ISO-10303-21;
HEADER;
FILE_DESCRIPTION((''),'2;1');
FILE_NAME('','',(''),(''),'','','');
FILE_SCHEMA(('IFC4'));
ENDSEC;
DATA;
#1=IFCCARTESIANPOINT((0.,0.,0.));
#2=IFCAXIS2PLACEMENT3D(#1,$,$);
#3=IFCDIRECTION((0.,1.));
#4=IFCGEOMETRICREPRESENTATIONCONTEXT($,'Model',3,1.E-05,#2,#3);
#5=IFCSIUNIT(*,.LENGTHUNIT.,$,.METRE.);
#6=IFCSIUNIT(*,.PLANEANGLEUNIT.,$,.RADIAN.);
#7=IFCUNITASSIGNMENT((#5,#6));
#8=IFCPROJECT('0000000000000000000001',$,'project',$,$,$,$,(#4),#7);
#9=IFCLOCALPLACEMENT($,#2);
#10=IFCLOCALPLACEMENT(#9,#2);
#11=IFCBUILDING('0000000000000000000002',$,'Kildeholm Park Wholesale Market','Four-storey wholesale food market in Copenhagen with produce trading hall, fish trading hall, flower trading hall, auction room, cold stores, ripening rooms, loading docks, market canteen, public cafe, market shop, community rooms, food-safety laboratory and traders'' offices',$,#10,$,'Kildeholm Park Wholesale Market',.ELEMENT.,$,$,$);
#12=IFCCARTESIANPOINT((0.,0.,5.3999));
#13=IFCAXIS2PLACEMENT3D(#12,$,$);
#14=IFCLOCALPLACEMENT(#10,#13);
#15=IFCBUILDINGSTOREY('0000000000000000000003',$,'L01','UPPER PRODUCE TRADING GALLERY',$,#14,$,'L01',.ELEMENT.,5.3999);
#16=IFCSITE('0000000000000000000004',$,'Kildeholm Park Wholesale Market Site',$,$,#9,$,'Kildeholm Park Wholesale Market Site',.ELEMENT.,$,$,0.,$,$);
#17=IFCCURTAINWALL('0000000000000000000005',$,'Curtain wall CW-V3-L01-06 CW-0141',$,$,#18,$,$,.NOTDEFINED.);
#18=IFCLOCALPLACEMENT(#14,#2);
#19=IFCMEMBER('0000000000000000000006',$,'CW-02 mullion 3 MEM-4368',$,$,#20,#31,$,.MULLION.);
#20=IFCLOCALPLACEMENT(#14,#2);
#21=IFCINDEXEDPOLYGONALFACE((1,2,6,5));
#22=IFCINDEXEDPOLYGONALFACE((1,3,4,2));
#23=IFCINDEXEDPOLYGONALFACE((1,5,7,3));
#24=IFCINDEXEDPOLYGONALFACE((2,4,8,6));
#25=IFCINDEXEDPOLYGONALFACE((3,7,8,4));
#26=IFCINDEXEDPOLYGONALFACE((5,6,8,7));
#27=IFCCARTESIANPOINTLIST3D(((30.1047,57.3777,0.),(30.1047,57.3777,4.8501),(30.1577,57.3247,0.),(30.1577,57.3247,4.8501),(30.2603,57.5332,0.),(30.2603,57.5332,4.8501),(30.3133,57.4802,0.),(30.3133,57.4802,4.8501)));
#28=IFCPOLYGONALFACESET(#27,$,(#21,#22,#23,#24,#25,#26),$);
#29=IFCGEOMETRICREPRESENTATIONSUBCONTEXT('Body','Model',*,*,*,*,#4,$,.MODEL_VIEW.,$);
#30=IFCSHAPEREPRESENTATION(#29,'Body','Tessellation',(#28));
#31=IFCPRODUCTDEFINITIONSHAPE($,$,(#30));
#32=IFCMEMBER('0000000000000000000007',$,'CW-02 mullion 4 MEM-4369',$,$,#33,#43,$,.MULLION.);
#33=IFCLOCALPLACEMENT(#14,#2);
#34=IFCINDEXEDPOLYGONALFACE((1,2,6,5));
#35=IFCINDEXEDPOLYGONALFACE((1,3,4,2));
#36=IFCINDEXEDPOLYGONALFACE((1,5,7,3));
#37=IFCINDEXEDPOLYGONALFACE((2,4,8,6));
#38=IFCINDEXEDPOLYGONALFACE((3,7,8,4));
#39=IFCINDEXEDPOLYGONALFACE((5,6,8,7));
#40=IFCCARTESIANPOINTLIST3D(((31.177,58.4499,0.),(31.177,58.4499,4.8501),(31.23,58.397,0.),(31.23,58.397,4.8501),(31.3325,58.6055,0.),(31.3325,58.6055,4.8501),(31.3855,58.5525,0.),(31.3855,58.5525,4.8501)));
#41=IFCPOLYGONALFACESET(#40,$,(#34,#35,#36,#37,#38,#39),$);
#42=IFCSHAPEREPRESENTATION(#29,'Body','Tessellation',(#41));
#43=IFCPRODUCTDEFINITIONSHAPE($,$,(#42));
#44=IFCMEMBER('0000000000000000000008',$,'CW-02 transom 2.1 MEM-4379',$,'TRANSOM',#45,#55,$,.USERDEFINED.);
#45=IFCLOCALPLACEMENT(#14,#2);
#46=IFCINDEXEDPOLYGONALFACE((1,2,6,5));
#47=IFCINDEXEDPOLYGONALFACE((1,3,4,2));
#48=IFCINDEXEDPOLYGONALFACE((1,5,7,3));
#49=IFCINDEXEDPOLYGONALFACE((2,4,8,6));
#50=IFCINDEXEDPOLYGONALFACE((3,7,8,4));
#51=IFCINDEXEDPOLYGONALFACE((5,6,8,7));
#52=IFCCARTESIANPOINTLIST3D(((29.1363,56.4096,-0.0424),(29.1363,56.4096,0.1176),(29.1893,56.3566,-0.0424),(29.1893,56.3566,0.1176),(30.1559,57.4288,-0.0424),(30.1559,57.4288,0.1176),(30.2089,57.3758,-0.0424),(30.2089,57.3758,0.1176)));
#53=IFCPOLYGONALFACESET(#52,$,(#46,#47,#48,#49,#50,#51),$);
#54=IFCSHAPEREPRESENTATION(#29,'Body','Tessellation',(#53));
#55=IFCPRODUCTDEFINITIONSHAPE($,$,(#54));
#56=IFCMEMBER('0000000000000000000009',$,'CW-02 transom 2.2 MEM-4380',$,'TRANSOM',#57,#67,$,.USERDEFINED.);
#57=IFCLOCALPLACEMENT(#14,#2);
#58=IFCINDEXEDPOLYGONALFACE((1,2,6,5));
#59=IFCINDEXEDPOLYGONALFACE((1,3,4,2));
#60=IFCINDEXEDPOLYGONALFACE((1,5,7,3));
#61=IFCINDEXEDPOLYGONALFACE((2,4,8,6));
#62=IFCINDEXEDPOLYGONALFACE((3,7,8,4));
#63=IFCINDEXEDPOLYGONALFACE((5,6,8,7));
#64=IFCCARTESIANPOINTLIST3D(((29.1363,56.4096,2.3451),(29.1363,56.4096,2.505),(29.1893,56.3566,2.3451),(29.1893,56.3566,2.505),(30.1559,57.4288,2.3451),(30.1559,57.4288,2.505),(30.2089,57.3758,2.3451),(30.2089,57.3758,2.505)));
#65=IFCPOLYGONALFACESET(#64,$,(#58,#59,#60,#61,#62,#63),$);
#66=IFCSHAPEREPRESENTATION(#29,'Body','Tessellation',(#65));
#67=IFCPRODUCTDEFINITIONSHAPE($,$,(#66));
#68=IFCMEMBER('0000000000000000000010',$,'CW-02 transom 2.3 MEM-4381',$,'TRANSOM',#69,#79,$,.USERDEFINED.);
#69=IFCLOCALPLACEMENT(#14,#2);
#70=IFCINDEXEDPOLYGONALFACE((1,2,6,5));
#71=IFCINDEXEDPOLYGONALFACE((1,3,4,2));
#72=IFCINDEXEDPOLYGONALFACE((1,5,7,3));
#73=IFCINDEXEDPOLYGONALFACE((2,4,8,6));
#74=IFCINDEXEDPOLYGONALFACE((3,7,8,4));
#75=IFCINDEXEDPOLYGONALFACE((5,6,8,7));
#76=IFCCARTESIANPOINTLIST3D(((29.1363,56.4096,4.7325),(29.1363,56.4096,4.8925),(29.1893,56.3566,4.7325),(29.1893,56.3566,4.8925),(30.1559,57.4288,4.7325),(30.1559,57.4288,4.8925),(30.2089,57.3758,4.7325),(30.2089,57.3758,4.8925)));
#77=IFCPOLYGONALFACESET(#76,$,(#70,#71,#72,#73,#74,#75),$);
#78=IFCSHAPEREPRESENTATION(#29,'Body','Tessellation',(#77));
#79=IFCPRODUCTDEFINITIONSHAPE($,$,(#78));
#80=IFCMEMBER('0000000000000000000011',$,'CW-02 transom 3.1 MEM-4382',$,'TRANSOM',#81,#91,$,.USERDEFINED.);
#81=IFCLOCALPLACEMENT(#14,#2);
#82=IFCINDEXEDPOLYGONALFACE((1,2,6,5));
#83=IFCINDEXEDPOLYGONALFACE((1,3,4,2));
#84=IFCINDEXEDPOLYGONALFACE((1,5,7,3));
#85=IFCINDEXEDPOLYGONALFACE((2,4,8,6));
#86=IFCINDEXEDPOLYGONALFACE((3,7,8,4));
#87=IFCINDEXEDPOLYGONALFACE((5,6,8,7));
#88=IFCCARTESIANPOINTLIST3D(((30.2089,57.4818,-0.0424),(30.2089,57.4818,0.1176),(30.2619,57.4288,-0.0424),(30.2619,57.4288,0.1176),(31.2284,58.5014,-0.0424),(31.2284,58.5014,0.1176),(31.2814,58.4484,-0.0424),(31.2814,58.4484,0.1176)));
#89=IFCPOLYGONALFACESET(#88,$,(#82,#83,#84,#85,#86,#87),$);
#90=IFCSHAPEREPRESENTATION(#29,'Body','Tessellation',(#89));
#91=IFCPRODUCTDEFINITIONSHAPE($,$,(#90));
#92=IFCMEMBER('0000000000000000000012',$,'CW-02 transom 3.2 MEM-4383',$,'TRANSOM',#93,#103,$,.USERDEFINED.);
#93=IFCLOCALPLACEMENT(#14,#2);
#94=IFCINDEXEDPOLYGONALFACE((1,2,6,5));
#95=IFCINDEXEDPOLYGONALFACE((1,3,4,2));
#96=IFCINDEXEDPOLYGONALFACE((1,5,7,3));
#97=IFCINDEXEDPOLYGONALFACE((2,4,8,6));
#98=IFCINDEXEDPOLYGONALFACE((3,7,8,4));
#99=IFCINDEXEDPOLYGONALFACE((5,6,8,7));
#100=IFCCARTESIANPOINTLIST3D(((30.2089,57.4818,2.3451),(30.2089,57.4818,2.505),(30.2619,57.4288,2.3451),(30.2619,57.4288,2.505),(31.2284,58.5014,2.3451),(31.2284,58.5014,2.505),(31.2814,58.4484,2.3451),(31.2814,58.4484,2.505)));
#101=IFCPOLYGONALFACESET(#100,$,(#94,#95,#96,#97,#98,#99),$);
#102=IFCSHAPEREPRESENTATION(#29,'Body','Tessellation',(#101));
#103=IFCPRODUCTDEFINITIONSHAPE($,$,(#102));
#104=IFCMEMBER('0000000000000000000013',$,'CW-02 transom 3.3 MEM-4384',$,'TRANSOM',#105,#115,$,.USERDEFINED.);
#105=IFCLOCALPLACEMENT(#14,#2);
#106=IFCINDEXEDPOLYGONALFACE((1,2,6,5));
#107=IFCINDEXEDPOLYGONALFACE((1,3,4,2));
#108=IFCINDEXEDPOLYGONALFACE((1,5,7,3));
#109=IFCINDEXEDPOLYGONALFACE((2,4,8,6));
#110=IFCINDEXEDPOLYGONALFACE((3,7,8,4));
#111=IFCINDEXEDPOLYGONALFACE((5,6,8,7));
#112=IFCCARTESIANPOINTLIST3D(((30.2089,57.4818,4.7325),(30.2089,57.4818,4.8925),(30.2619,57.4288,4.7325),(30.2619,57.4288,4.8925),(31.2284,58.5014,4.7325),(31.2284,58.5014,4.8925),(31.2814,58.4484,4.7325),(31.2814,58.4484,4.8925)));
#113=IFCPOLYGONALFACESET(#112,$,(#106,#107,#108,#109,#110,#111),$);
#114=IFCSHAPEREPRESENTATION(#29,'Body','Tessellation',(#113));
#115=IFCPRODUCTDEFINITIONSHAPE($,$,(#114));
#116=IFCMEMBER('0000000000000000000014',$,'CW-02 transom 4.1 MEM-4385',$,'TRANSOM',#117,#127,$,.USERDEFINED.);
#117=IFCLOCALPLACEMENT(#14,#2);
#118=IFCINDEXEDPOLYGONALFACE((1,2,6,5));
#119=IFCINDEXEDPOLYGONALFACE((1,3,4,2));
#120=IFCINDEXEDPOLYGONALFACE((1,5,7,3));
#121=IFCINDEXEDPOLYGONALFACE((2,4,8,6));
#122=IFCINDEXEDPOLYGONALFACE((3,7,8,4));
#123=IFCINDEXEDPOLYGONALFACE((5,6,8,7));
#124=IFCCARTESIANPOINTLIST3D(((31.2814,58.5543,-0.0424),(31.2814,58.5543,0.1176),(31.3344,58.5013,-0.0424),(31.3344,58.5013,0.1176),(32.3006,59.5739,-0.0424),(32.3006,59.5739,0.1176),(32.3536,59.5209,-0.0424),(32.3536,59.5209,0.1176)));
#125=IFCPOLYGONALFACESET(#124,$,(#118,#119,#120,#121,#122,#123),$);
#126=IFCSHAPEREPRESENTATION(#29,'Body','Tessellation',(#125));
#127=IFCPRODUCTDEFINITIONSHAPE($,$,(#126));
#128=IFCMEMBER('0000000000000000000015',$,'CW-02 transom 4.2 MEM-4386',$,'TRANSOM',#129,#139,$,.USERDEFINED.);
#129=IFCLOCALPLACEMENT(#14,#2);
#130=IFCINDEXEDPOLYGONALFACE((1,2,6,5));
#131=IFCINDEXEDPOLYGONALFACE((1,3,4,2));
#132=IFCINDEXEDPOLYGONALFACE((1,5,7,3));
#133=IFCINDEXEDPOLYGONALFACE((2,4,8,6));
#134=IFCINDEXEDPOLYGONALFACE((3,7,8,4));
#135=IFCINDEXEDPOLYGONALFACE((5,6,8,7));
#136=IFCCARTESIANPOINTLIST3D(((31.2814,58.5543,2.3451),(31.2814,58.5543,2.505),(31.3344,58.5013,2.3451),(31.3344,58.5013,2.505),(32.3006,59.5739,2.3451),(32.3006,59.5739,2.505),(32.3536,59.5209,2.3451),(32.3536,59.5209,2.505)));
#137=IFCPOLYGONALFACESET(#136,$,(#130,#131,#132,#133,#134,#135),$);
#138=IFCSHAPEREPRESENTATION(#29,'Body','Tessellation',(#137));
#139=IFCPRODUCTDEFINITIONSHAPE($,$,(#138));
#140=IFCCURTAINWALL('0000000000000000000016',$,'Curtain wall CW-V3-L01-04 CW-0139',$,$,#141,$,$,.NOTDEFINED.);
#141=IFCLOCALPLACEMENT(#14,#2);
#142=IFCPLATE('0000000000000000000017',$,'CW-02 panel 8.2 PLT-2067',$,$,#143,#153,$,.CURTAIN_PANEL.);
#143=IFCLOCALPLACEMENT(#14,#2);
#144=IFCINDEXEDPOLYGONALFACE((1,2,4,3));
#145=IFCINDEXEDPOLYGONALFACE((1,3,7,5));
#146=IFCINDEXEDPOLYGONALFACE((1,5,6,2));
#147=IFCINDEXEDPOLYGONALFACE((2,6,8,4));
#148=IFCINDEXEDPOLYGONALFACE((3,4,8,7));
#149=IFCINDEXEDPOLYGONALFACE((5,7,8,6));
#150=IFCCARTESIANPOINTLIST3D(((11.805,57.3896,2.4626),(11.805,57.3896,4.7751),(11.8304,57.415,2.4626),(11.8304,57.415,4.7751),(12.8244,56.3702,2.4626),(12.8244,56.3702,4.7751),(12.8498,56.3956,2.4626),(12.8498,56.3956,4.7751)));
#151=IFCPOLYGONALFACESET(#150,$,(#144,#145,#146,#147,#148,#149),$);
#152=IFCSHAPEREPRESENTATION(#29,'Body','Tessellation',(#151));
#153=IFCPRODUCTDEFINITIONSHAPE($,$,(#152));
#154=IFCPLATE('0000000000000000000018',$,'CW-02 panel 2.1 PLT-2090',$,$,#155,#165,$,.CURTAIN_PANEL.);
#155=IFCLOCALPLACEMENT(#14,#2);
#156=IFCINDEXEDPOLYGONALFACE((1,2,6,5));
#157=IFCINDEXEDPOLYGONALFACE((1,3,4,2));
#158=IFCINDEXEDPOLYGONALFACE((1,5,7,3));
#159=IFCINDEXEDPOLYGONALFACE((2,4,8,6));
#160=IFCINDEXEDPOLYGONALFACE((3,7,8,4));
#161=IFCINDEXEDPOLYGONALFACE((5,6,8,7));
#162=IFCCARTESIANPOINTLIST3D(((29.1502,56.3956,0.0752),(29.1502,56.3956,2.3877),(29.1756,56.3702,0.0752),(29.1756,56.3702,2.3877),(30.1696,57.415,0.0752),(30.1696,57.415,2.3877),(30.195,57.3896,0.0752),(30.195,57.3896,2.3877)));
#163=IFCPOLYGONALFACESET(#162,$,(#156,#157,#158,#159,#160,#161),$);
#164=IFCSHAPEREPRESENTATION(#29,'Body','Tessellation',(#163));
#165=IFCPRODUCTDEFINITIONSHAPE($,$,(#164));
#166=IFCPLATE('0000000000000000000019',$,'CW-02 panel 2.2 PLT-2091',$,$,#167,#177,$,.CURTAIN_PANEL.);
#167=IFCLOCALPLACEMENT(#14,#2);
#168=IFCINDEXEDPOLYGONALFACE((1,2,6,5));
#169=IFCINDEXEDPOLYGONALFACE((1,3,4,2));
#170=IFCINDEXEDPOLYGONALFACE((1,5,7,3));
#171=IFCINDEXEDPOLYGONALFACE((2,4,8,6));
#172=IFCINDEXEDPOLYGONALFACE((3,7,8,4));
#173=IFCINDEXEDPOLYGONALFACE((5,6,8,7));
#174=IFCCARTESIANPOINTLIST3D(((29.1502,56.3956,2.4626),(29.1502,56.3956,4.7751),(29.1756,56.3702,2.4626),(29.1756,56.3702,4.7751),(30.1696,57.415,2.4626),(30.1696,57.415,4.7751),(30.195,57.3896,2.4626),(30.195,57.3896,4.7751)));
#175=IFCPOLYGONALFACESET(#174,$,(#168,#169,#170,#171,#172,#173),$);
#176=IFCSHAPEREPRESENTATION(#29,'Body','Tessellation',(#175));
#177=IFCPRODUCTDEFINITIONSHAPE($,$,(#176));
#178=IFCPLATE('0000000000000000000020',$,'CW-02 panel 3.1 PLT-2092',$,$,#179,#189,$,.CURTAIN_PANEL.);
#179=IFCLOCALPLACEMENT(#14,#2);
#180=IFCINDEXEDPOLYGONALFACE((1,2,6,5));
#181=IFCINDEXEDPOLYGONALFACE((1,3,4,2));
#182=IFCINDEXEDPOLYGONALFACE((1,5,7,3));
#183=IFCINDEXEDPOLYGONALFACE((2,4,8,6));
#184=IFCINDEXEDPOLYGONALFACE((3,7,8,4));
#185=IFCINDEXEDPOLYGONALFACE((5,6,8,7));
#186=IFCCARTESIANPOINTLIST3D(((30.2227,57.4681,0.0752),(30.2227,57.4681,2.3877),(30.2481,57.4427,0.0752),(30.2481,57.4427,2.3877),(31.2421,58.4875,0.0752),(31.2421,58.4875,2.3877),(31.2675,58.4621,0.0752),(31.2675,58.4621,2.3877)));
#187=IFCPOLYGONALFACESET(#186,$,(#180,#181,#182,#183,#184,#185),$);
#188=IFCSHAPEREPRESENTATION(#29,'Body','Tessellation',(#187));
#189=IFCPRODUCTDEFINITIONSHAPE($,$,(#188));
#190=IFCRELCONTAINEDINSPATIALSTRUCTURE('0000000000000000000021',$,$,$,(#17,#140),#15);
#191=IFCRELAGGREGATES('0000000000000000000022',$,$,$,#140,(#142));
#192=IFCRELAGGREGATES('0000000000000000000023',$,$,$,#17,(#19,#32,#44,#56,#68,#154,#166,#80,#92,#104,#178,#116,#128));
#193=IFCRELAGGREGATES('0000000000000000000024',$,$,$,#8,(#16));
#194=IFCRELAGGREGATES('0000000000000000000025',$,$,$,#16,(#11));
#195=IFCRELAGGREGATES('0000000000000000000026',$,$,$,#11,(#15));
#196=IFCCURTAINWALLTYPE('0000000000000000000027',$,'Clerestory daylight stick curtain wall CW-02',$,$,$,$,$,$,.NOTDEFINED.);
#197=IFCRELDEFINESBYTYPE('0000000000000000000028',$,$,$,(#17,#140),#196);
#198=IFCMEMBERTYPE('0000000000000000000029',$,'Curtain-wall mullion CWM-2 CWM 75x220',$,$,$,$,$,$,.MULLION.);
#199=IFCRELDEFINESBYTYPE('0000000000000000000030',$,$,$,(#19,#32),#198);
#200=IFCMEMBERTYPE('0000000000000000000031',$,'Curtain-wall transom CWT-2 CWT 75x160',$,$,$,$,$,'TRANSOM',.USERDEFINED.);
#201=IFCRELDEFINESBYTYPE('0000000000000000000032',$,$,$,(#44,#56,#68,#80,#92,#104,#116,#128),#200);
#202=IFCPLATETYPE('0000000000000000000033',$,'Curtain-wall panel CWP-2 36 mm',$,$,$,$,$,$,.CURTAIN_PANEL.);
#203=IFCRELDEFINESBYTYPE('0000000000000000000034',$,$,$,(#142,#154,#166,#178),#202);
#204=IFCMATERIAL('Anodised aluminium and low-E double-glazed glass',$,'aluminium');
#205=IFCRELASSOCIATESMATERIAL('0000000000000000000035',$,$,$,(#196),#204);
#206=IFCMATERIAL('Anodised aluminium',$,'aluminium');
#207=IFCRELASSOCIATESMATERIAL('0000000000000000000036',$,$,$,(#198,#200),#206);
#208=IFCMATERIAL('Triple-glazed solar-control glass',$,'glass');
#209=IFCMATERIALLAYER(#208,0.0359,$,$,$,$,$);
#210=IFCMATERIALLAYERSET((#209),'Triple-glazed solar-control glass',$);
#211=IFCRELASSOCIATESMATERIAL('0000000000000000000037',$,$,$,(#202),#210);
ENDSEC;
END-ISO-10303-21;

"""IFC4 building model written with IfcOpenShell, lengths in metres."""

from ifc_helpers import new_model, si_unit, direction, frame, origin, origin_2d, place, context, subcontext, project, spatial, rectangle, extrude, material, layer, layer_set, material_profile, profile_set, type_object, element, aggregate, save


model = new_model("IFC4")

# Units and contexts
model_context = context("Model", 3, precision=1e-05, world=origin(), true_north=direction((0.0, 1.0)))
body_context = subcontext(model_context, "Body", "Model", "MODEL_VIEW")
ifc_project = project(units=[si_unit("LENGTHUNIT", "METRE"), si_unit("PLANEANGLEUNIT", "RADIAN")], contexts=[model_context])

# Site, building, storey
site_placement = place(None, origin())
site = spatial("IfcSite", under=ifc_project, at=site_placement, Name="Kildeholm Park Wholesale Market Site", LongName="Kildeholm Park Wholesale Market Site", CompositionType="ELEMENT", RefElevation=0.0)
building_placement = place(site_placement, origin())
building = spatial("IfcBuilding", under=site, at=building_placement, Name="Kildeholm Park Wholesale Market", Description="Four-storey wholesale food market in Copenhagen with produce trading hall, fish trading hall, flower trading hall, auction room, cold stores, ripening rooms, loading docks, market canteen, public cafe, market shop, community rooms, food-safety laboratory and traders' offices", LongName="Kildeholm Park Wholesale Market", CompositionType="ELEMENT")
storey_placement = place(building_placement, frame((0.0, 0.0, 5.3999)))
storey = spatial("IfcBuildingStorey", under=building, at=storey_placement, Name="L01", Description="UPPER PRODUCE TRADING GALLERY", LongName="L01", CompositionType="ELEMENT", Elevation=5.3999)

# Curtain wall, members
ifc_material_1 = material(Name="Anodised aluminium and low-E double-glazed glass", Category="aluminium")
curtain_wall_type = type_object("IfcCurtainWallType", Name="Clerestory daylight stick curtain wall CW-02", PredefinedType="NOTDEFINED", material=ifc_material_1)
curtain_wall_1_placement = place(storey_placement, origin())
curtain_wall_1 = element("IfcCurtainWall", 1, at=curtain_wall_1_placement, inside=storey, type_object=curtain_wall_type, Name="Curtain wall CW-V3-L01-06 CW-0141", PredefinedType="NOTDEFINED")
ifc_material_2 = material(Name="Anodised aluminium", Category="aluminium")
ifc_material_profile_1 = material_profile(ifc_material_2, rectangle(XDim=0.075, YDim=0.22, at=origin_2d()), Name="CWM 75x220")
ifc_profile_set_1 = profile_set([ifc_material_profile_1], Name="Anodised aluminium")
member_type_1 = type_object("IfcMemberType", Name="Curtain-wall mullion CWM-2 CWM 75x220", PredefinedType="MULLION", material=ifc_profile_set_1)
member_1_placement = place(storey_placement, frame((30.209, 57.429, 0.0), z_axis=(0.0, 0.0, 1.0), x_axis=(-0.707107, 0.707107, 0.0)))
member_1 = element("IfcMember", 2, at=member_1_placement, type_object=member_type_1, Name="CW-02 mullion 3 MEM-4368", PredefinedType="MULLION", context=body_context, shape_type="SweptSolid", body=[
    extrude(rectangle(XDim=0.075, YDim=0.22, at=origin_2d()), origin(), (0.0, 0.0, 1.0), 4.8501),
])
member_2_placement = place(storey_placement, frame((31.2812, 58.5012, 0.0), z_axis=(0.0, 0.0, 1.0), x_axis=(-0.707107, 0.707107, 0.0)))
member_2 = element("IfcMember", 3, at=member_2_placement, type_object=member_type_1, Name="CW-02 mullion 4 MEM-4369", PredefinedType="MULLION", context=body_context, shape_type="SweptSolid", body=[
    extrude(rectangle(XDim=0.075, YDim=0.22, at=origin_2d()), origin(), (0.0, 0.0, 1.0), 4.8501),
])
ifc_material_profile_2 = material_profile(ifc_material_2, rectangle(XDim=0.075, YDim=0.1599, at=origin_2d()), Name="CWT 75x160")
ifc_profile_set_2 = profile_set([ifc_material_profile_2], Name="Anodised aluminium")
member_type_2 = type_object("IfcMemberType", Name="Curtain-wall transom CWT-2 CWT 75x160", ElementType="TRANSOM", PredefinedType="USERDEFINED", material=ifc_profile_set_2)
member_3_placement = place(storey_placement, frame((29.1628, 56.3831, 0.0376), z_axis=(0.707191, 0.707022, 0.0), x_axis=(-0.707022, 0.707191, 0.0)))
member_3 = element("IfcMember", 4, at=member_3_placement, type_object=member_type_2, Name="CW-02 transom 2.1 MEM-4379", ObjectType="TRANSOM", PredefinedType="USERDEFINED", context=body_context, shape_type="SweptSolid", body=[
    extrude(rectangle(XDim=0.075, YDim=0.1599, at=origin_2d()), origin(), (0.0, 0.0, 1.0), 1.4417),
])
member_4_placement = place(storey_placement, frame((29.1628, 56.3831, 2.425), z_axis=(0.707191, 0.707022, 0.0), x_axis=(-0.707022, 0.707191, 0.0)))
member_4 = element("IfcMember", 5, at=member_4_placement, type_object=member_type_2, Name="CW-02 transom 2.2 MEM-4380", ObjectType="TRANSOM", PredefinedType="USERDEFINED", context=body_context, shape_type="SweptSolid", body=[
    extrude(rectangle(XDim=0.075, YDim=0.1599, at=origin_2d()), origin(), (0.0, 0.0, 1.0), 1.4417),
])
member_5_placement = place(storey_placement, frame((29.1628, 56.3831, 4.8125), z_axis=(0.707191, 0.707022, 0.0), x_axis=(-0.707022, 0.707191, 0.0)))
member_5 = element("IfcMember", 6, at=member_5_placement, type_object=member_type_2, Name="CW-02 transom 2.3 MEM-4381", ObjectType="TRANSOM", PredefinedType="USERDEFINED", context=body_context, shape_type="SweptSolid", body=[
    extrude(rectangle(XDim=0.075, YDim=0.1599, at=origin_2d()), origin(), (0.0, 0.0, 1.0), 1.4417),
])
member_6_placement = place(storey_placement, frame((30.2354, 57.4553, 0.0376), z_axis=(0.707107, 0.707107, 0.0), x_axis=(-0.707107, 0.707107, 0.0)))
member_6 = element("IfcMember", 7, at=member_6_placement, type_object=member_type_2, Name="CW-02 transom 3.1 MEM-4382", ObjectType="TRANSOM", PredefinedType="USERDEFINED", context=body_context, shape_type="SweptSolid", body=[
    extrude(rectangle(XDim=0.075, YDim=0.1599, at=origin_2d()), origin(), (0.0, 0.0, 1.0), 1.4419),
])
member_7_placement = place(storey_placement, frame((30.2354, 57.4553, 2.425), z_axis=(0.707107, 0.707107, 0.0), x_axis=(-0.707107, 0.707107, 0.0)))
member_7 = element("IfcMember", 8, at=member_7_placement, type_object=member_type_2, Name="CW-02 transom 3.2 MEM-4383", ObjectType="TRANSOM", PredefinedType="USERDEFINED", context=body_context, shape_type="SweptSolid", body=[
    extrude(rectangle(XDim=0.075, YDim=0.1599, at=origin_2d()), origin(), (0.0, 0.0, 1.0), 1.4419),
])
member_8_placement = place(storey_placement, frame((30.2354, 57.4553, 4.8125), z_axis=(0.707107, 0.707107, 0.0), x_axis=(-0.707107, 0.707107, 0.0)))
member_8 = element("IfcMember", 9, at=member_8_placement, type_object=member_type_2, Name="CW-02 transom 3.3 MEM-4384", ObjectType="TRANSOM", PredefinedType="USERDEFINED", context=body_context, shape_type="SweptSolid", body=[
    extrude(rectangle(XDim=0.075, YDim=0.1599, at=origin_2d()), origin(), (0.0, 0.0, 1.0), 1.4419),
])
member_9_placement = place(storey_placement, frame((31.3079, 58.5278, 0.0376), z_axis=(0.707022, 0.707191, 0.0), x_axis=(-0.707191, 0.707022, 0.0)))
member_9 = element("IfcMember", 10, at=member_9_placement, type_object=member_type_2, Name="CW-02 transom 4.1 MEM-4385", ObjectType="TRANSOM", PredefinedType="USERDEFINED", context=body_context, shape_type="SweptSolid", body=[
    extrude(rectangle(XDim=0.075, YDim=0.1599, at=origin_2d()), origin(), (0.0, 0.0, 1.0), 1.4417),
])
member_10_placement = place(storey_placement, frame((31.3079, 58.5278, 2.425), z_axis=(0.707022, 0.707191, 0.0), x_axis=(-0.707191, 0.707022, 0.0)))
member_10 = element("IfcMember", 11, at=member_10_placement, type_object=member_type_2, Name="CW-02 transom 4.2 MEM-4386", ObjectType="TRANSOM", PredefinedType="USERDEFINED", context=body_context, shape_type="SweptSolid", body=[
    extrude(rectangle(XDim=0.075, YDim=0.1599, at=origin_2d()), origin(), (0.0, 0.0, 1.0), 1.4417),
])

# Curtain wall, plate
curtain_wall_2_placement = place(storey_placement, origin())
curtain_wall_2 = element("IfcCurtainWall", 12, at=curtain_wall_2_placement, inside=storey, type_object=curtain_wall_type, Name="Curtain wall CW-V3-L01-04 CW-0139", PredefinedType="NOTDEFINED")
ifc_material_3 = material(Name="Triple-glazed solar-control glass", Category="glass")
ifc_layer_1 = layer(ifc_material_3, 0.0359)
ifc_layer_set_1 = layer_set([ifc_layer_1], Name="Triple-glazed solar-control glass")
plate_type = type_object("IfcPlateType", Name="Curtain-wall panel CWP-2 36 mm", PredefinedType="CURTAIN_PANEL", material=ifc_layer_set_1)
plate_1_placement = place(storey_placement, frame((12.3274, 56.8926, 2.4626), z_axis=(0.0, 0.0, 1.0), x_axis=(0.707107, -0.707107, 0.0)))
plate_1 = element("IfcPlate", 13, at=plate_1_placement, type_object=plate_type, Name="CW-02 panel 8.2 PLT-2067", PredefinedType="CURTAIN_PANEL", context=body_context, shape_type="SweptSolid", body=[
    extrude(rectangle(XDim=1.4417, YDim=0.0359, at=origin_2d()), origin(), (0.0, 0.0, 1.0), 2.3125),
])
aggregate(curtain_wall_2, [plate_1])

# Plates
plate_2_placement = place(storey_placement, frame((29.6726, 56.8926, 0.0752), z_axis=(0.0, 0.0, 1.0), x_axis=(0.707107, 0.707107, 0.0)))
plate_2 = element("IfcPlate", 14, at=plate_2_placement, type_object=plate_type, Name="CW-02 panel 2.1 PLT-2090", PredefinedType="CURTAIN_PANEL", context=body_context, shape_type="SweptSolid", body=[
    extrude(rectangle(XDim=1.4417, YDim=0.0359, at=origin_2d()), origin(), (0.0, 0.0, 1.0), 2.3125),
])
plate_3_placement = place(storey_placement, frame((29.6726, 56.8926, 2.4626), z_axis=(0.0, 0.0, 1.0), x_axis=(0.707107, 0.707107, 0.0)))
plate_3 = element("IfcPlate", 15, at=plate_3_placement, type_object=plate_type, Name="CW-02 panel 2.2 PLT-2091", PredefinedType="CURTAIN_PANEL", context=body_context, shape_type="SweptSolid", body=[
    extrude(rectangle(XDim=1.4417, YDim=0.0359, at=origin_2d()), origin(), (0.0, 0.0, 1.0), 2.3125),
])
plate_4_placement = place(storey_placement, frame((30.7451, 57.9651, 0.0752), z_axis=(0.0, 0.0, 1.0), x_axis=(0.707107, 0.707107, 0.0)))
plate_4 = element("IfcPlate", 16, at=plate_4_placement, type_object=plate_type, Name="CW-02 panel 3.1 PLT-2092", PredefinedType="CURTAIN_PANEL", context=body_context, shape_type="SweptSolid", body=[
    extrude(rectangle(XDim=1.4417, YDim=0.0359, at=origin_2d()), origin(), (0.0, 0.0, 1.0), 2.3125),
])
aggregate(curtain_wall_1, [member_1, member_2, member_3, member_4, member_5, plate_2, plate_3, member_6, member_7, member_8, plate_4, member_9, member_10])

save(model, "model.ifc")
